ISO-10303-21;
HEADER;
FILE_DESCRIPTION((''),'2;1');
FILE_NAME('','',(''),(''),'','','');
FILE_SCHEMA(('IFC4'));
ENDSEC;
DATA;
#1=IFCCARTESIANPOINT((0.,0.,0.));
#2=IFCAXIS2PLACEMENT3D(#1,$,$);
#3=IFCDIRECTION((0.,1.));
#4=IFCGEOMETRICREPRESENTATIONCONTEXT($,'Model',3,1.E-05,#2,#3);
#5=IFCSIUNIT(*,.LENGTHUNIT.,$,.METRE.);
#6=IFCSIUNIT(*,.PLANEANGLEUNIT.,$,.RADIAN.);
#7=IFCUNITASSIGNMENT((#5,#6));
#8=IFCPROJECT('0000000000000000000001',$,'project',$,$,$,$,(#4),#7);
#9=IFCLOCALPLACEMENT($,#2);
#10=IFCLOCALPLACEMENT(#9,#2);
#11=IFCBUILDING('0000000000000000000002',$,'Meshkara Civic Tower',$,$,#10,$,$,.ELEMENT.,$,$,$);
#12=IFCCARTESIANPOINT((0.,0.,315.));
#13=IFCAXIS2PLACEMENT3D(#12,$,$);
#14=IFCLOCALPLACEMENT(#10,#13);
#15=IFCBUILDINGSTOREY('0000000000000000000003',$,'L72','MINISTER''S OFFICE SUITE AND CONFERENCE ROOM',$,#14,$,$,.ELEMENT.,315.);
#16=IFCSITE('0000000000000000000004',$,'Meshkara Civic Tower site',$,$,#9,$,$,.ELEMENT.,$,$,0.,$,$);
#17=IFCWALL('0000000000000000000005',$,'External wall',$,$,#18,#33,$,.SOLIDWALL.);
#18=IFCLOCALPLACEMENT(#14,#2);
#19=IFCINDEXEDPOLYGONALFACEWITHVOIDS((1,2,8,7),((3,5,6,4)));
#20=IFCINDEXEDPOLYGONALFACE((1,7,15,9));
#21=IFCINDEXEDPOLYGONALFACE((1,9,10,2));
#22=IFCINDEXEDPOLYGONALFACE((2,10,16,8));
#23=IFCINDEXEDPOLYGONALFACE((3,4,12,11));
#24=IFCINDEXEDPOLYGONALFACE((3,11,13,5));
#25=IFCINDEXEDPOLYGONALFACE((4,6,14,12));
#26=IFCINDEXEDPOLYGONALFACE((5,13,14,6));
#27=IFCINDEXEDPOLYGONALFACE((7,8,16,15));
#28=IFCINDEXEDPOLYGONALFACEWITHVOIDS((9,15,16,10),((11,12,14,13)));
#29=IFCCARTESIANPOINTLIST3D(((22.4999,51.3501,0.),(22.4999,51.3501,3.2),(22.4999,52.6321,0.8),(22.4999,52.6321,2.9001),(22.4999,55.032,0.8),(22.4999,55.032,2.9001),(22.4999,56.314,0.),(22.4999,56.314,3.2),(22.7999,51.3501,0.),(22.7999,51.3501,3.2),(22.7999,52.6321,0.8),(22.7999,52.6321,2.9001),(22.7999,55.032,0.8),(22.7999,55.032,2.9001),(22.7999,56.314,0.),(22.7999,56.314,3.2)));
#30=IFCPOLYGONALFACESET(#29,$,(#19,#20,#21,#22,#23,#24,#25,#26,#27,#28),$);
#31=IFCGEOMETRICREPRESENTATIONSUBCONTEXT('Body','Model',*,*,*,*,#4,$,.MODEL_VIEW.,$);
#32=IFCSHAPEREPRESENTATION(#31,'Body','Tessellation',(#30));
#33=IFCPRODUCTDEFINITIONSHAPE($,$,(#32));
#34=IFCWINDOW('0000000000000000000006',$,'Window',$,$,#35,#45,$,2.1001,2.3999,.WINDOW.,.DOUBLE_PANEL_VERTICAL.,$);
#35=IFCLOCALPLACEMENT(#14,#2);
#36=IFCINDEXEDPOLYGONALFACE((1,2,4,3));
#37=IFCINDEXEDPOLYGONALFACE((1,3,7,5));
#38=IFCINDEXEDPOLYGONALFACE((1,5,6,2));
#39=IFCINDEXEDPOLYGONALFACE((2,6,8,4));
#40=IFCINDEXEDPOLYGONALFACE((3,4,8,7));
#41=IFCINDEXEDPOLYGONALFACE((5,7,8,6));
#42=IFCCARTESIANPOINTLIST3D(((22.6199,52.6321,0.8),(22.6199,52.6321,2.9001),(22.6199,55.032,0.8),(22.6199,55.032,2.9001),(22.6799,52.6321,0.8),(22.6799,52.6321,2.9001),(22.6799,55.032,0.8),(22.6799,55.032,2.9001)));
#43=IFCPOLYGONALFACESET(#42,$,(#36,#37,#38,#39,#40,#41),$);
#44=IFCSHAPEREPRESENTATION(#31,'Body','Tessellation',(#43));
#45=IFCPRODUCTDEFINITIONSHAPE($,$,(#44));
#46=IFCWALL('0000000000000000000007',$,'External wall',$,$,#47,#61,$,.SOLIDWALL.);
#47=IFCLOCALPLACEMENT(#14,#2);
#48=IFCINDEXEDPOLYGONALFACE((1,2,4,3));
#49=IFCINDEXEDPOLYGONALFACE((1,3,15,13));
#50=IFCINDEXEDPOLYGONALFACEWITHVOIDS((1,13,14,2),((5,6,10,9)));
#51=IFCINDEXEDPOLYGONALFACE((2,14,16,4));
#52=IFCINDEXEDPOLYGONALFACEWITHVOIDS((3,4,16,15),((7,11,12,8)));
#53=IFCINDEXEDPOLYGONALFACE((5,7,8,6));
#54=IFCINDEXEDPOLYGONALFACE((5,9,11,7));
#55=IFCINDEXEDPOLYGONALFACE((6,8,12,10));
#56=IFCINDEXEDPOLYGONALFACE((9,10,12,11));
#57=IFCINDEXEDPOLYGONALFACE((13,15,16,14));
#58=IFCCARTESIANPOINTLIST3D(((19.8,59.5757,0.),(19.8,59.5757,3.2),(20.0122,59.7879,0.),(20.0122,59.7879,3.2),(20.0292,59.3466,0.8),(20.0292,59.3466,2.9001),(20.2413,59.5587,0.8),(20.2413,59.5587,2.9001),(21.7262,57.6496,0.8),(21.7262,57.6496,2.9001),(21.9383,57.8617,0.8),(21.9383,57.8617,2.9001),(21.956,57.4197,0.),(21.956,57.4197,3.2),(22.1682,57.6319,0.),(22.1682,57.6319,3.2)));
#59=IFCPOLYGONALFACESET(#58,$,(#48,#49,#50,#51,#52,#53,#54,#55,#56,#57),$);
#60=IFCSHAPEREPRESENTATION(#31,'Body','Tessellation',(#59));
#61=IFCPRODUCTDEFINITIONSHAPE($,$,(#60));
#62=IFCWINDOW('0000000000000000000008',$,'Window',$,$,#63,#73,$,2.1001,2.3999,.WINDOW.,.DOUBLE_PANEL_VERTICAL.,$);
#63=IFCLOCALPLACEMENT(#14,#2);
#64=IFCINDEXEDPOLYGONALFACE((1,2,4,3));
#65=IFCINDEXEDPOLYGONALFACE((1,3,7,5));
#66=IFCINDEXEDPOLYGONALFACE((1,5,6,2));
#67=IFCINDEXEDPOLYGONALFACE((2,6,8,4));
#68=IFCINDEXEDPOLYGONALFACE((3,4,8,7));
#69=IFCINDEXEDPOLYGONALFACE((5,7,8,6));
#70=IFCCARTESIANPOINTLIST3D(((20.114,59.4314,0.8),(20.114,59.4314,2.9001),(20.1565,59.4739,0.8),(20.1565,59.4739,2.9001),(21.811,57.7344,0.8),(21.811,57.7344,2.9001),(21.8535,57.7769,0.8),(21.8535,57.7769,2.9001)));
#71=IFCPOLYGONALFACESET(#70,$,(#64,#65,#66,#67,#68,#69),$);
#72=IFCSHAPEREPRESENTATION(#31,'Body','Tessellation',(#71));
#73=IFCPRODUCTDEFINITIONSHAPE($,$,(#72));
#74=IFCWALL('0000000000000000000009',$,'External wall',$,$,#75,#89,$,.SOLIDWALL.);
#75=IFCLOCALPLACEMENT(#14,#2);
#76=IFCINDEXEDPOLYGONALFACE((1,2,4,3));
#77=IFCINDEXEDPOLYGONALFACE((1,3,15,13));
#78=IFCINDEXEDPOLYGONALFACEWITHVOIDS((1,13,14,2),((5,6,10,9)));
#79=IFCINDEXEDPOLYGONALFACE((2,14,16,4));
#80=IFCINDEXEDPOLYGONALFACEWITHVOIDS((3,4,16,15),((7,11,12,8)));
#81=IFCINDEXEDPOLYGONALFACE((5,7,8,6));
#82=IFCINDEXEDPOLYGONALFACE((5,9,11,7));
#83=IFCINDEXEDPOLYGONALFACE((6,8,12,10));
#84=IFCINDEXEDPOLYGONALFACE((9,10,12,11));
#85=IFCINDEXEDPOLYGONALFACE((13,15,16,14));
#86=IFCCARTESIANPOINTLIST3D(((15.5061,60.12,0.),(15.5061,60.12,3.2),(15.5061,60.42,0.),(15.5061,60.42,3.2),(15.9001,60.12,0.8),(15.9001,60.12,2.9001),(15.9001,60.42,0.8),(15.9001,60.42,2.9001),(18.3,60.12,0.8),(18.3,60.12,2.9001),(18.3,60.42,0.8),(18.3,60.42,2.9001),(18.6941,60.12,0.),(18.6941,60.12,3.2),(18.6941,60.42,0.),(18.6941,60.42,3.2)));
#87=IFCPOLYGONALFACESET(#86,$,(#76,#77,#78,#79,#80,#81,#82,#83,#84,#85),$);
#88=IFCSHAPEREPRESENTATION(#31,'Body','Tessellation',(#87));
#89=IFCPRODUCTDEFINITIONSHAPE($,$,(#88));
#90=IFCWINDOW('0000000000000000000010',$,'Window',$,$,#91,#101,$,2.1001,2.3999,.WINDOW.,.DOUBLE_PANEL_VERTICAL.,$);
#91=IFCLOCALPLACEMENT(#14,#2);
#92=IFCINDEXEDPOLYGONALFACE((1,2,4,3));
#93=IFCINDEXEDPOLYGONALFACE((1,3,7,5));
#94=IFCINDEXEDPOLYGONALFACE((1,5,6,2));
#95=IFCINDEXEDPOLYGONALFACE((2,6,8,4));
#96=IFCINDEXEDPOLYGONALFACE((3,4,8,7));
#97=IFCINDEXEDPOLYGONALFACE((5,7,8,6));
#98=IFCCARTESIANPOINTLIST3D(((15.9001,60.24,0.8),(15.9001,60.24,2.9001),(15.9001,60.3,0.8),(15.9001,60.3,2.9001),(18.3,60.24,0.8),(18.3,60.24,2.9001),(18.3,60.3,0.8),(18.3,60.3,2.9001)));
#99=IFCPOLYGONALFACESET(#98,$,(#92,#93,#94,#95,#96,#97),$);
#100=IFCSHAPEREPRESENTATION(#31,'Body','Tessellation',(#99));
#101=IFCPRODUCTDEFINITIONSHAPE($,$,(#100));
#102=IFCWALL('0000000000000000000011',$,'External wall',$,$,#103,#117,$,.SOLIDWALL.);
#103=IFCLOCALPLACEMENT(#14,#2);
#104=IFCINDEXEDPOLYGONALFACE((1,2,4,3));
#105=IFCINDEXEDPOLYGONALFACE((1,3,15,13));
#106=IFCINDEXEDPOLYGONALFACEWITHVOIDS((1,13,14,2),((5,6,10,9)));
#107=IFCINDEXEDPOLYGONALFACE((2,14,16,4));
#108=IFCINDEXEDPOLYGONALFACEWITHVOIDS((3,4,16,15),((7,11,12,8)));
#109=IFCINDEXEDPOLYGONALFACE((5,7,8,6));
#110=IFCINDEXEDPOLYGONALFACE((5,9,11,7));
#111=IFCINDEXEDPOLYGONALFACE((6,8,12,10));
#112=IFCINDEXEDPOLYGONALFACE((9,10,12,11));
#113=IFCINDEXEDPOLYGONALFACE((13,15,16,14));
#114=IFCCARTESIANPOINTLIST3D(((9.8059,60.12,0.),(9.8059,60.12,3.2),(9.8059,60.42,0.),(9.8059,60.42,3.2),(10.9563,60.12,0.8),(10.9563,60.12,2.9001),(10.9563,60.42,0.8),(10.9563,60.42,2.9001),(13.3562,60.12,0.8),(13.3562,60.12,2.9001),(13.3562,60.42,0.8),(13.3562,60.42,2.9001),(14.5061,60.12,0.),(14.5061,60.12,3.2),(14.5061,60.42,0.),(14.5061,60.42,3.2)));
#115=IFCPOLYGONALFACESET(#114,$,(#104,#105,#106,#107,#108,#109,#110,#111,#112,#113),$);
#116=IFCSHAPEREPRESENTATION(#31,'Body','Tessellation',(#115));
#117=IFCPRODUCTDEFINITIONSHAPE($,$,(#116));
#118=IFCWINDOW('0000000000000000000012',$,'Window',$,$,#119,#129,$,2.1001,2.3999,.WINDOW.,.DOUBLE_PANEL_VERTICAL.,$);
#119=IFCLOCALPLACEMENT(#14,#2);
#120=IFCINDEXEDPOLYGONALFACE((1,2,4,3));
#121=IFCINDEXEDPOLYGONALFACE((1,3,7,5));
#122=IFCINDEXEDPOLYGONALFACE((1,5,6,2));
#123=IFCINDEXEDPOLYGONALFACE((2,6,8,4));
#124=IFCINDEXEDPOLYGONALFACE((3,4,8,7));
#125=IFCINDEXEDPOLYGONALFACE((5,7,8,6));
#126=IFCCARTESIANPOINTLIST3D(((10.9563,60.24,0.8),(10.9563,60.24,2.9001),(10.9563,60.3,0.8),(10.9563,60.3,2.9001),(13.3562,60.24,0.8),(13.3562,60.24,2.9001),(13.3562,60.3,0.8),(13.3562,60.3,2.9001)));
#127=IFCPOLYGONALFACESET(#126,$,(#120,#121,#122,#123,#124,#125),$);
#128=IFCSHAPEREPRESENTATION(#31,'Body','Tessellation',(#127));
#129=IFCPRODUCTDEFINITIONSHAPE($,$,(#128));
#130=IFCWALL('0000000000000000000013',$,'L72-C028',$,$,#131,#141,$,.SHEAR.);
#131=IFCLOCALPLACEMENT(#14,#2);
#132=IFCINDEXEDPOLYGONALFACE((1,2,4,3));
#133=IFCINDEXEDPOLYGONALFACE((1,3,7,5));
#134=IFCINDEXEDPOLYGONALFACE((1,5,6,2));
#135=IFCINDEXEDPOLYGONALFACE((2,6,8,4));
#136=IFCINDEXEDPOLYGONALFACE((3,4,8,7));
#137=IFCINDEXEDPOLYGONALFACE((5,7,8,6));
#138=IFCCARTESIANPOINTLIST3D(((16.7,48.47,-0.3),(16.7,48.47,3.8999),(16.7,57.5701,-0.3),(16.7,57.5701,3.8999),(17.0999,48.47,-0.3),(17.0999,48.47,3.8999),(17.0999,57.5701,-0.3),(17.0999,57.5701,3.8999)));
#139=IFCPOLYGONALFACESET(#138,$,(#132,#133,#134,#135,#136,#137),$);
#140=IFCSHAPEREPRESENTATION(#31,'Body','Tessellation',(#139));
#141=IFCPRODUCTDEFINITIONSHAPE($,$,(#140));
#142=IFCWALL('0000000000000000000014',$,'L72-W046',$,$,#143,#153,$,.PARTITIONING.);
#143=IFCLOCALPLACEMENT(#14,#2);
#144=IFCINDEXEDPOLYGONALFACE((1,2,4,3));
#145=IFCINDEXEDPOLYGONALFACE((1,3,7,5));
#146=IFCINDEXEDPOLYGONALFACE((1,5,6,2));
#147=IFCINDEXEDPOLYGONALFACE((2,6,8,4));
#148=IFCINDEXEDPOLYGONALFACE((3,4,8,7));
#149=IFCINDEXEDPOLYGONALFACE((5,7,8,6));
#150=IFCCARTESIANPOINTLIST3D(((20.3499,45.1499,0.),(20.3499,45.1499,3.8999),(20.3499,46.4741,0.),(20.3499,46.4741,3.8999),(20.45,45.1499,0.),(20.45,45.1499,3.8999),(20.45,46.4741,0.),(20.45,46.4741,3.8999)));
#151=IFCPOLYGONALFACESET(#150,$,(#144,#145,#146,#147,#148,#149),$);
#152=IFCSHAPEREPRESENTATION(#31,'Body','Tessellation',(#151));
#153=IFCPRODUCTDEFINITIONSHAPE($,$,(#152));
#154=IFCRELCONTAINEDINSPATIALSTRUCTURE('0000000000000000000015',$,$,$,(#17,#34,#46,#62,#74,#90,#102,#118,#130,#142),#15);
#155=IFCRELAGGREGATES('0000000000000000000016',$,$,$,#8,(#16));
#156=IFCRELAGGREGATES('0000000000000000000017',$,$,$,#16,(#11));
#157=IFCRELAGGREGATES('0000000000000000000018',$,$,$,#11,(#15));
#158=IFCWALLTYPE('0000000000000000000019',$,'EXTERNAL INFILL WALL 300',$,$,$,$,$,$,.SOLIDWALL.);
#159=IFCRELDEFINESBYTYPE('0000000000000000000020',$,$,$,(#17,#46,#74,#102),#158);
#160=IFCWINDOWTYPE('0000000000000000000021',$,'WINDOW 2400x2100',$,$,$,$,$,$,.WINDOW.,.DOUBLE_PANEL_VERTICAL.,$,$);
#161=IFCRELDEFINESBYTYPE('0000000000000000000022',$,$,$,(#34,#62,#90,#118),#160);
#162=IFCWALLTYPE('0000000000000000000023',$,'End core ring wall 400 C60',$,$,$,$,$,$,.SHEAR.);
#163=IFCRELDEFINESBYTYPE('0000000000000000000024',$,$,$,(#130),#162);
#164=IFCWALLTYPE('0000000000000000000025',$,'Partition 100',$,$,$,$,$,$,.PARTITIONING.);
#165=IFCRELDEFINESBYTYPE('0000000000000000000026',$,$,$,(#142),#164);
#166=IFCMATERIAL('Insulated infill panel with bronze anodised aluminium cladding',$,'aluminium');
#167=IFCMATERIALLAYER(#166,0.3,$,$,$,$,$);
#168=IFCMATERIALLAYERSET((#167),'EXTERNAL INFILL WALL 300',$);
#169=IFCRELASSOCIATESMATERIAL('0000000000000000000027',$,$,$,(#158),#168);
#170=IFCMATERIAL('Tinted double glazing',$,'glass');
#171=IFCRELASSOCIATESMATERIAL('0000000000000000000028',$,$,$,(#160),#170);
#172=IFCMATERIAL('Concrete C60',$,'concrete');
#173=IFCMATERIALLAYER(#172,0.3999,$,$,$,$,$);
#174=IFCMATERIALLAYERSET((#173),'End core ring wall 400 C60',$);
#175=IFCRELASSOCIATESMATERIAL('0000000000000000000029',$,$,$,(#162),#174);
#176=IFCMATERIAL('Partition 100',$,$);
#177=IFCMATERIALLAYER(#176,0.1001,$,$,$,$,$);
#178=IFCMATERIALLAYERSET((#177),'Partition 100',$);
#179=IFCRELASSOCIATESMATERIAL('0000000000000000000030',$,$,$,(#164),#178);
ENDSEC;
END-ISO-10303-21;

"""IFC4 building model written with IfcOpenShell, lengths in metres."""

from ifc_helpers import new_model, si_unit, direction, frame, frame_2d, origin, place, context, subcontext, project, spatial, rectangle, extrude, material, layer, layer_set, type_object, element, fill, save


model = new_model("IFC4")

# Units and contexts
model_context = context("Model", 3, precision=1e-05, world=origin(), true_north=direction((0.0, 1.0)))
body_context = subcontext(model_context, "Body", "Model", "MODEL_VIEW")
ifc_project = project(units=[si_unit("LENGTHUNIT", "METRE"), si_unit("PLANEANGLEUNIT", "RADIAN")], contexts=[model_context])

# Site, building, storey
site_placement = place(None, origin())
site = spatial("IfcSite", under=ifc_project, at=site_placement, Name="Meshkara Civic Tower site", CompositionType="ELEMENT", RefElevation=0.0)
building_placement = place(site_placement, origin())
building = spatial("IfcBuilding", under=site, at=building_placement, Name="Meshkara Civic Tower", CompositionType="ELEMENT")
storey_placement = place(building_placement, frame((0.0, 0.0, 315.0)))
storey = spatial("IfcBuildingStorey", under=building, at=storey_placement, Name="L72", Description="MINISTER'S OFFICE SUITE AND CONFERENCE ROOM", CompositionType="ELEMENT", Elevation=315.0)

# Walls, openings, windows
ifc_material_1 = material(Name="Insulated infill panel with bronze anodised aluminium cladding", Category="aluminium")
ifc_layer_1 = layer(ifc_material_1, 0.3)
ifc_layer_set_1 = layer_set([ifc_layer_1], Name="EXTERNAL INFILL WALL 300")
wall_type_1 = type_object("IfcWallType", Name="EXTERNAL INFILL WALL 300", PredefinedType="SOLIDWALL", material=ifc_layer_set_1)
wall_1_placement = place(storey_placement, frame((22.6499, 51.3501, 0.0), z_axis=(0.0, 0.0, 1.0), x_axis=(0.0, 1.0, 0.0)))
wall_1 = element("IfcWall", 1, at=wall_1_placement, inside=storey, type_object=wall_type_1, Name="External wall", PredefinedType="SOLIDWALL", context=body_context, shape_type="SweptSolid", body=[
    extrude(rectangle(XDim=4.9639, YDim=0.3, at=frame_2d((2.4819, 0.0))), origin(), (0.0, 0.0, 1.0), 3.2),
])
opening_1_placement = place(wall_1_placement, frame((1.282, 0.0, 0.8)))
opening_1 = element("IfcOpeningElement", 2, at=opening_1_placement, cuts=wall_1, PredefinedType="OPENING", context=body_context, shape_type="SweptSolid", body=[
    extrude(rectangle(XDim=2.3999, YDim=2.1001, at=frame_2d((1.2, 1.05))), frame((0.0, 0.1599, 0.0), z_axis=(0.0, -1.0, 0.0), x_axis=(1.0, 0.0, 0.0)), (0.0, 0.0, 1.0), 0.3201),
])
ifc_material_2 = material(Name="Tinted double glazing", Category="glass")
window_type = type_object("IfcWindowType", Name="WINDOW 2400x2100", PartitioningType="DOUBLE_PANEL_VERTICAL", PredefinedType="WINDOW", material=ifc_material_2)
window_1_placement = place(opening_1_placement, origin())
window_1 = element("IfcWindow", 3, at=window_1_placement, inside=storey, type_object=window_type, Name="Window", OverallHeight=2.1001, OverallWidth=2.3999, PartitioningType="DOUBLE_PANEL_VERTICAL", PredefinedType="WINDOW", context=body_context, shape_type="SweptSolid", body=[
    extrude(rectangle(XDim=2.3999, YDim=2.1001, at=frame_2d((1.2, 1.05))), frame((0.0, 0.03, 0.0), z_axis=(0.0, -1.0, 0.0), x_axis=(1.0, 0.0, 0.0)), (0.0, 0.0, 1.0), 0.0601),
])
fill(opening_1, window_1)
wall_2_placement = place(storey_placement, frame((22.062, 57.5259, 0.0), z_axis=(0.0, 0.0, 1.0), x_axis=(-0.707107, 0.707107, 0.0)))
wall_2 = element("IfcWall", 4, at=wall_2_placement, inside=storey, type_object=wall_type_1, Name="External wall", PredefinedType="SOLIDWALL", context=body_context, shape_type="SweptSolid", body=[
    extrude(rectangle(XDim=3.0491, YDim=0.3, at=frame_2d((1.5244, 0.0))), origin(), (0.0, 0.0, 1.0), 3.2),
])
opening_2_placement = place(wall_2_placement, frame((0.325, 0.0, 0.8)))
opening_2 = element("IfcOpeningElement", 5, at=opening_2_placement, cuts=wall_2, PredefinedType="OPENING", context=body_context, shape_type="SweptSolid", body=[
    extrude(rectangle(XDim=2.3999, YDim=2.1001, at=frame_2d((1.2, 1.05))), frame((0.0, 0.1599, 0.0), z_axis=(0.0, -1.0, 0.0), x_axis=(1.0, 0.0, 0.0)), (0.0, 0.0, 1.0), 0.3201),
])
window_2_placement = place(opening_2_placement, origin())
window_2 = element("IfcWindow", 6, at=window_2_placement, inside=storey, type_object=window_type, Name="Window", OverallHeight=2.1001, OverallWidth=2.3999, PartitioningType="DOUBLE_PANEL_VERTICAL", PredefinedType="WINDOW", context=body_context, shape_type="SweptSolid", body=[
    extrude(rectangle(XDim=2.3999, YDim=2.1001, at=frame_2d((1.2, 1.05))), frame((0.0, 0.03, 0.0), z_axis=(0.0, -1.0, 0.0), x_axis=(1.0, 0.0, 0.0)), (0.0, 0.0, 1.0), 0.0601),
])
fill(opening_2, window_2)
wall_3_placement = place(storey_placement, frame((18.6941, 60.27, 0.0), z_axis=(0.0, 0.0, 1.0), x_axis=(-1.0, 0.0, 0.0)))
wall_3 = element("IfcWall", 7, at=wall_3_placement, inside=storey, type_object=wall_type_1, Name="External wall", PredefinedType="SOLIDWALL", context=body_context, shape_type="SweptSolid", body=[
    extrude(rectangle(XDim=3.188, YDim=0.3, at=frame_2d((1.594, 0.0))), origin(), (0.0, 0.0, 1.0), 3.2),
])
opening_3_placement = place(wall_3_placement, frame((0.394, 0.0, 0.8)))
opening_3 = element("IfcOpeningElement", 8, at=opening_3_placement, cuts=wall_3, PredefinedType="OPENING", context=body_context, shape_type="SweptSolid", body=[
    extrude(rectangle(XDim=2.3999, YDim=2.1001, at=frame_2d((1.2, 1.05))), frame((0.0, 0.1599, 0.0), z_axis=(0.0, -1.0, 0.0), x_axis=(1.0, 0.0, 0.0)), (0.0, 0.0, 1.0), 0.3201),
])
window_3_placement = place(opening_3_placement, origin())
window_3 = element("IfcWindow", 9, at=window_3_placement, inside=storey, type_object=window_type, Name="Window", OverallHeight=2.1001, OverallWidth=2.3999, PartitioningType="DOUBLE_PANEL_VERTICAL", PredefinedType="WINDOW", context=body_context, shape_type="SweptSolid", body=[
    extrude(rectangle(XDim=2.3999, YDim=2.1001, at=frame_2d((1.2, 1.05))), frame((0.0, 0.03, 0.0), z_axis=(0.0, -1.0, 0.0), x_axis=(1.0, 0.0, 0.0)), (0.0, 0.0, 1.0), 0.0601),
])
fill(opening_3, window_3)
wall_4_placement = place(storey_placement, frame((14.5061, 60.27, 0.0), z_axis=(0.0, 0.0, 1.0), x_axis=(-1.0, 0.0, 0.0)))
wall_4 = element("IfcWall", 10, at=wall_4_placement, inside=storey, type_object=wall_type_1, Name="External wall", PredefinedType="SOLIDWALL", context=body_context, shape_type="SweptSolid", body=[
    extrude(rectangle(XDim=4.7002, YDim=0.3, at=frame_2d((2.3501, 0.0))), origin(), (0.0, 0.0, 1.0), 3.2),
])
opening_4_placement = place(wall_4_placement, frame((1.1499, 0.0, 0.8)))
opening_4 = element("IfcOpeningElement", 11, at=opening_4_placement, cuts=wall_4, PredefinedType="OPENING", context=body_context, shape_type="SweptSolid", body=[
    extrude(rectangle(XDim=2.3999, YDim=2.1001, at=frame_2d((1.2, 1.05))), frame((0.0, 0.1599, 0.0), z_axis=(0.0, -1.0, 0.0), x_axis=(1.0, 0.0, 0.0)), (0.0, 0.0, 1.0), 0.3201),
])
window_4_placement = place(opening_4_placement, origin())
window_4 = element("IfcWindow", 12, at=window_4_placement, inside=storey, type_object=window_type, Name="Window", OverallHeight=2.1001, OverallWidth=2.3999, PartitioningType="DOUBLE_PANEL_VERTICAL", PredefinedType="WINDOW", context=body_context, shape_type="SweptSolid", body=[
    extrude(rectangle(XDim=2.3999, YDim=2.1001, at=frame_2d((1.2, 1.05))), frame((0.0, 0.03, 0.0), z_axis=(0.0, -1.0, 0.0), x_axis=(1.0, 0.0, 0.0)), (0.0, 0.0, 1.0), 0.0601),
])
fill(opening_4, window_4)

# Walls
ifc_material_3 = material(Name="Concrete C60", Category="concrete")
ifc_layer_2 = layer(ifc_material_3, 0.3999)
ifc_layer_set_2 = layer_set([ifc_layer_2], Name="End core ring wall 400 C60")
wall_type_2 = type_object("IfcWallType", Name="End core ring wall 400 C60", PredefinedType="SHEAR", material=ifc_layer_set_2)
wall_5_placement = place(storey_placement, frame((16.8999, 48.47, -0.3), z_axis=(0.0, 0.0, 1.0), x_axis=(0.0, 1.0, 0.0)))
element("IfcWall", 13, at=wall_5_placement, inside=storey, type_object=wall_type_2, Name="L72-C028", PredefinedType="SHEAR", context=body_context, shape_type="SweptSolid", body=[
    extrude(rectangle(XDim=9.1001, YDim=0.3999, at=frame_2d((4.55, 0.0))), origin(), (0.0, 0.0, 1.0), 4.2),
])
ifc_material_4 = material(Name="Partition 100")
ifc_layer_3 = layer(ifc_material_4, 0.1001)
ifc_layer_set_3 = layer_set([ifc_layer_3], Name="Partition 100")
wall_type_3 = type_object("IfcWallType", Name="Partition 100", PredefinedType="PARTITIONING", material=ifc_layer_set_3)
wall_6_placement = place(storey_placement, frame((20.3999, 46.4741, 0.0), z_axis=(0.0, 0.0, 1.0), x_axis=(0.0, -1.0, 0.0)))
element("IfcWall", 14, at=wall_6_placement, inside=storey, type_object=wall_type_3, Name="L72-W046", PredefinedType="PARTITIONING", context=body_context, shape_type="SweptSolid", body=[
    extrude(rectangle(XDim=1.3242, YDim=0.1001, at=frame_2d((0.6621, 0.0))), origin(), (0.0, 0.0, 1.0), 3.8999),
])

save(model, "model.ifc")
